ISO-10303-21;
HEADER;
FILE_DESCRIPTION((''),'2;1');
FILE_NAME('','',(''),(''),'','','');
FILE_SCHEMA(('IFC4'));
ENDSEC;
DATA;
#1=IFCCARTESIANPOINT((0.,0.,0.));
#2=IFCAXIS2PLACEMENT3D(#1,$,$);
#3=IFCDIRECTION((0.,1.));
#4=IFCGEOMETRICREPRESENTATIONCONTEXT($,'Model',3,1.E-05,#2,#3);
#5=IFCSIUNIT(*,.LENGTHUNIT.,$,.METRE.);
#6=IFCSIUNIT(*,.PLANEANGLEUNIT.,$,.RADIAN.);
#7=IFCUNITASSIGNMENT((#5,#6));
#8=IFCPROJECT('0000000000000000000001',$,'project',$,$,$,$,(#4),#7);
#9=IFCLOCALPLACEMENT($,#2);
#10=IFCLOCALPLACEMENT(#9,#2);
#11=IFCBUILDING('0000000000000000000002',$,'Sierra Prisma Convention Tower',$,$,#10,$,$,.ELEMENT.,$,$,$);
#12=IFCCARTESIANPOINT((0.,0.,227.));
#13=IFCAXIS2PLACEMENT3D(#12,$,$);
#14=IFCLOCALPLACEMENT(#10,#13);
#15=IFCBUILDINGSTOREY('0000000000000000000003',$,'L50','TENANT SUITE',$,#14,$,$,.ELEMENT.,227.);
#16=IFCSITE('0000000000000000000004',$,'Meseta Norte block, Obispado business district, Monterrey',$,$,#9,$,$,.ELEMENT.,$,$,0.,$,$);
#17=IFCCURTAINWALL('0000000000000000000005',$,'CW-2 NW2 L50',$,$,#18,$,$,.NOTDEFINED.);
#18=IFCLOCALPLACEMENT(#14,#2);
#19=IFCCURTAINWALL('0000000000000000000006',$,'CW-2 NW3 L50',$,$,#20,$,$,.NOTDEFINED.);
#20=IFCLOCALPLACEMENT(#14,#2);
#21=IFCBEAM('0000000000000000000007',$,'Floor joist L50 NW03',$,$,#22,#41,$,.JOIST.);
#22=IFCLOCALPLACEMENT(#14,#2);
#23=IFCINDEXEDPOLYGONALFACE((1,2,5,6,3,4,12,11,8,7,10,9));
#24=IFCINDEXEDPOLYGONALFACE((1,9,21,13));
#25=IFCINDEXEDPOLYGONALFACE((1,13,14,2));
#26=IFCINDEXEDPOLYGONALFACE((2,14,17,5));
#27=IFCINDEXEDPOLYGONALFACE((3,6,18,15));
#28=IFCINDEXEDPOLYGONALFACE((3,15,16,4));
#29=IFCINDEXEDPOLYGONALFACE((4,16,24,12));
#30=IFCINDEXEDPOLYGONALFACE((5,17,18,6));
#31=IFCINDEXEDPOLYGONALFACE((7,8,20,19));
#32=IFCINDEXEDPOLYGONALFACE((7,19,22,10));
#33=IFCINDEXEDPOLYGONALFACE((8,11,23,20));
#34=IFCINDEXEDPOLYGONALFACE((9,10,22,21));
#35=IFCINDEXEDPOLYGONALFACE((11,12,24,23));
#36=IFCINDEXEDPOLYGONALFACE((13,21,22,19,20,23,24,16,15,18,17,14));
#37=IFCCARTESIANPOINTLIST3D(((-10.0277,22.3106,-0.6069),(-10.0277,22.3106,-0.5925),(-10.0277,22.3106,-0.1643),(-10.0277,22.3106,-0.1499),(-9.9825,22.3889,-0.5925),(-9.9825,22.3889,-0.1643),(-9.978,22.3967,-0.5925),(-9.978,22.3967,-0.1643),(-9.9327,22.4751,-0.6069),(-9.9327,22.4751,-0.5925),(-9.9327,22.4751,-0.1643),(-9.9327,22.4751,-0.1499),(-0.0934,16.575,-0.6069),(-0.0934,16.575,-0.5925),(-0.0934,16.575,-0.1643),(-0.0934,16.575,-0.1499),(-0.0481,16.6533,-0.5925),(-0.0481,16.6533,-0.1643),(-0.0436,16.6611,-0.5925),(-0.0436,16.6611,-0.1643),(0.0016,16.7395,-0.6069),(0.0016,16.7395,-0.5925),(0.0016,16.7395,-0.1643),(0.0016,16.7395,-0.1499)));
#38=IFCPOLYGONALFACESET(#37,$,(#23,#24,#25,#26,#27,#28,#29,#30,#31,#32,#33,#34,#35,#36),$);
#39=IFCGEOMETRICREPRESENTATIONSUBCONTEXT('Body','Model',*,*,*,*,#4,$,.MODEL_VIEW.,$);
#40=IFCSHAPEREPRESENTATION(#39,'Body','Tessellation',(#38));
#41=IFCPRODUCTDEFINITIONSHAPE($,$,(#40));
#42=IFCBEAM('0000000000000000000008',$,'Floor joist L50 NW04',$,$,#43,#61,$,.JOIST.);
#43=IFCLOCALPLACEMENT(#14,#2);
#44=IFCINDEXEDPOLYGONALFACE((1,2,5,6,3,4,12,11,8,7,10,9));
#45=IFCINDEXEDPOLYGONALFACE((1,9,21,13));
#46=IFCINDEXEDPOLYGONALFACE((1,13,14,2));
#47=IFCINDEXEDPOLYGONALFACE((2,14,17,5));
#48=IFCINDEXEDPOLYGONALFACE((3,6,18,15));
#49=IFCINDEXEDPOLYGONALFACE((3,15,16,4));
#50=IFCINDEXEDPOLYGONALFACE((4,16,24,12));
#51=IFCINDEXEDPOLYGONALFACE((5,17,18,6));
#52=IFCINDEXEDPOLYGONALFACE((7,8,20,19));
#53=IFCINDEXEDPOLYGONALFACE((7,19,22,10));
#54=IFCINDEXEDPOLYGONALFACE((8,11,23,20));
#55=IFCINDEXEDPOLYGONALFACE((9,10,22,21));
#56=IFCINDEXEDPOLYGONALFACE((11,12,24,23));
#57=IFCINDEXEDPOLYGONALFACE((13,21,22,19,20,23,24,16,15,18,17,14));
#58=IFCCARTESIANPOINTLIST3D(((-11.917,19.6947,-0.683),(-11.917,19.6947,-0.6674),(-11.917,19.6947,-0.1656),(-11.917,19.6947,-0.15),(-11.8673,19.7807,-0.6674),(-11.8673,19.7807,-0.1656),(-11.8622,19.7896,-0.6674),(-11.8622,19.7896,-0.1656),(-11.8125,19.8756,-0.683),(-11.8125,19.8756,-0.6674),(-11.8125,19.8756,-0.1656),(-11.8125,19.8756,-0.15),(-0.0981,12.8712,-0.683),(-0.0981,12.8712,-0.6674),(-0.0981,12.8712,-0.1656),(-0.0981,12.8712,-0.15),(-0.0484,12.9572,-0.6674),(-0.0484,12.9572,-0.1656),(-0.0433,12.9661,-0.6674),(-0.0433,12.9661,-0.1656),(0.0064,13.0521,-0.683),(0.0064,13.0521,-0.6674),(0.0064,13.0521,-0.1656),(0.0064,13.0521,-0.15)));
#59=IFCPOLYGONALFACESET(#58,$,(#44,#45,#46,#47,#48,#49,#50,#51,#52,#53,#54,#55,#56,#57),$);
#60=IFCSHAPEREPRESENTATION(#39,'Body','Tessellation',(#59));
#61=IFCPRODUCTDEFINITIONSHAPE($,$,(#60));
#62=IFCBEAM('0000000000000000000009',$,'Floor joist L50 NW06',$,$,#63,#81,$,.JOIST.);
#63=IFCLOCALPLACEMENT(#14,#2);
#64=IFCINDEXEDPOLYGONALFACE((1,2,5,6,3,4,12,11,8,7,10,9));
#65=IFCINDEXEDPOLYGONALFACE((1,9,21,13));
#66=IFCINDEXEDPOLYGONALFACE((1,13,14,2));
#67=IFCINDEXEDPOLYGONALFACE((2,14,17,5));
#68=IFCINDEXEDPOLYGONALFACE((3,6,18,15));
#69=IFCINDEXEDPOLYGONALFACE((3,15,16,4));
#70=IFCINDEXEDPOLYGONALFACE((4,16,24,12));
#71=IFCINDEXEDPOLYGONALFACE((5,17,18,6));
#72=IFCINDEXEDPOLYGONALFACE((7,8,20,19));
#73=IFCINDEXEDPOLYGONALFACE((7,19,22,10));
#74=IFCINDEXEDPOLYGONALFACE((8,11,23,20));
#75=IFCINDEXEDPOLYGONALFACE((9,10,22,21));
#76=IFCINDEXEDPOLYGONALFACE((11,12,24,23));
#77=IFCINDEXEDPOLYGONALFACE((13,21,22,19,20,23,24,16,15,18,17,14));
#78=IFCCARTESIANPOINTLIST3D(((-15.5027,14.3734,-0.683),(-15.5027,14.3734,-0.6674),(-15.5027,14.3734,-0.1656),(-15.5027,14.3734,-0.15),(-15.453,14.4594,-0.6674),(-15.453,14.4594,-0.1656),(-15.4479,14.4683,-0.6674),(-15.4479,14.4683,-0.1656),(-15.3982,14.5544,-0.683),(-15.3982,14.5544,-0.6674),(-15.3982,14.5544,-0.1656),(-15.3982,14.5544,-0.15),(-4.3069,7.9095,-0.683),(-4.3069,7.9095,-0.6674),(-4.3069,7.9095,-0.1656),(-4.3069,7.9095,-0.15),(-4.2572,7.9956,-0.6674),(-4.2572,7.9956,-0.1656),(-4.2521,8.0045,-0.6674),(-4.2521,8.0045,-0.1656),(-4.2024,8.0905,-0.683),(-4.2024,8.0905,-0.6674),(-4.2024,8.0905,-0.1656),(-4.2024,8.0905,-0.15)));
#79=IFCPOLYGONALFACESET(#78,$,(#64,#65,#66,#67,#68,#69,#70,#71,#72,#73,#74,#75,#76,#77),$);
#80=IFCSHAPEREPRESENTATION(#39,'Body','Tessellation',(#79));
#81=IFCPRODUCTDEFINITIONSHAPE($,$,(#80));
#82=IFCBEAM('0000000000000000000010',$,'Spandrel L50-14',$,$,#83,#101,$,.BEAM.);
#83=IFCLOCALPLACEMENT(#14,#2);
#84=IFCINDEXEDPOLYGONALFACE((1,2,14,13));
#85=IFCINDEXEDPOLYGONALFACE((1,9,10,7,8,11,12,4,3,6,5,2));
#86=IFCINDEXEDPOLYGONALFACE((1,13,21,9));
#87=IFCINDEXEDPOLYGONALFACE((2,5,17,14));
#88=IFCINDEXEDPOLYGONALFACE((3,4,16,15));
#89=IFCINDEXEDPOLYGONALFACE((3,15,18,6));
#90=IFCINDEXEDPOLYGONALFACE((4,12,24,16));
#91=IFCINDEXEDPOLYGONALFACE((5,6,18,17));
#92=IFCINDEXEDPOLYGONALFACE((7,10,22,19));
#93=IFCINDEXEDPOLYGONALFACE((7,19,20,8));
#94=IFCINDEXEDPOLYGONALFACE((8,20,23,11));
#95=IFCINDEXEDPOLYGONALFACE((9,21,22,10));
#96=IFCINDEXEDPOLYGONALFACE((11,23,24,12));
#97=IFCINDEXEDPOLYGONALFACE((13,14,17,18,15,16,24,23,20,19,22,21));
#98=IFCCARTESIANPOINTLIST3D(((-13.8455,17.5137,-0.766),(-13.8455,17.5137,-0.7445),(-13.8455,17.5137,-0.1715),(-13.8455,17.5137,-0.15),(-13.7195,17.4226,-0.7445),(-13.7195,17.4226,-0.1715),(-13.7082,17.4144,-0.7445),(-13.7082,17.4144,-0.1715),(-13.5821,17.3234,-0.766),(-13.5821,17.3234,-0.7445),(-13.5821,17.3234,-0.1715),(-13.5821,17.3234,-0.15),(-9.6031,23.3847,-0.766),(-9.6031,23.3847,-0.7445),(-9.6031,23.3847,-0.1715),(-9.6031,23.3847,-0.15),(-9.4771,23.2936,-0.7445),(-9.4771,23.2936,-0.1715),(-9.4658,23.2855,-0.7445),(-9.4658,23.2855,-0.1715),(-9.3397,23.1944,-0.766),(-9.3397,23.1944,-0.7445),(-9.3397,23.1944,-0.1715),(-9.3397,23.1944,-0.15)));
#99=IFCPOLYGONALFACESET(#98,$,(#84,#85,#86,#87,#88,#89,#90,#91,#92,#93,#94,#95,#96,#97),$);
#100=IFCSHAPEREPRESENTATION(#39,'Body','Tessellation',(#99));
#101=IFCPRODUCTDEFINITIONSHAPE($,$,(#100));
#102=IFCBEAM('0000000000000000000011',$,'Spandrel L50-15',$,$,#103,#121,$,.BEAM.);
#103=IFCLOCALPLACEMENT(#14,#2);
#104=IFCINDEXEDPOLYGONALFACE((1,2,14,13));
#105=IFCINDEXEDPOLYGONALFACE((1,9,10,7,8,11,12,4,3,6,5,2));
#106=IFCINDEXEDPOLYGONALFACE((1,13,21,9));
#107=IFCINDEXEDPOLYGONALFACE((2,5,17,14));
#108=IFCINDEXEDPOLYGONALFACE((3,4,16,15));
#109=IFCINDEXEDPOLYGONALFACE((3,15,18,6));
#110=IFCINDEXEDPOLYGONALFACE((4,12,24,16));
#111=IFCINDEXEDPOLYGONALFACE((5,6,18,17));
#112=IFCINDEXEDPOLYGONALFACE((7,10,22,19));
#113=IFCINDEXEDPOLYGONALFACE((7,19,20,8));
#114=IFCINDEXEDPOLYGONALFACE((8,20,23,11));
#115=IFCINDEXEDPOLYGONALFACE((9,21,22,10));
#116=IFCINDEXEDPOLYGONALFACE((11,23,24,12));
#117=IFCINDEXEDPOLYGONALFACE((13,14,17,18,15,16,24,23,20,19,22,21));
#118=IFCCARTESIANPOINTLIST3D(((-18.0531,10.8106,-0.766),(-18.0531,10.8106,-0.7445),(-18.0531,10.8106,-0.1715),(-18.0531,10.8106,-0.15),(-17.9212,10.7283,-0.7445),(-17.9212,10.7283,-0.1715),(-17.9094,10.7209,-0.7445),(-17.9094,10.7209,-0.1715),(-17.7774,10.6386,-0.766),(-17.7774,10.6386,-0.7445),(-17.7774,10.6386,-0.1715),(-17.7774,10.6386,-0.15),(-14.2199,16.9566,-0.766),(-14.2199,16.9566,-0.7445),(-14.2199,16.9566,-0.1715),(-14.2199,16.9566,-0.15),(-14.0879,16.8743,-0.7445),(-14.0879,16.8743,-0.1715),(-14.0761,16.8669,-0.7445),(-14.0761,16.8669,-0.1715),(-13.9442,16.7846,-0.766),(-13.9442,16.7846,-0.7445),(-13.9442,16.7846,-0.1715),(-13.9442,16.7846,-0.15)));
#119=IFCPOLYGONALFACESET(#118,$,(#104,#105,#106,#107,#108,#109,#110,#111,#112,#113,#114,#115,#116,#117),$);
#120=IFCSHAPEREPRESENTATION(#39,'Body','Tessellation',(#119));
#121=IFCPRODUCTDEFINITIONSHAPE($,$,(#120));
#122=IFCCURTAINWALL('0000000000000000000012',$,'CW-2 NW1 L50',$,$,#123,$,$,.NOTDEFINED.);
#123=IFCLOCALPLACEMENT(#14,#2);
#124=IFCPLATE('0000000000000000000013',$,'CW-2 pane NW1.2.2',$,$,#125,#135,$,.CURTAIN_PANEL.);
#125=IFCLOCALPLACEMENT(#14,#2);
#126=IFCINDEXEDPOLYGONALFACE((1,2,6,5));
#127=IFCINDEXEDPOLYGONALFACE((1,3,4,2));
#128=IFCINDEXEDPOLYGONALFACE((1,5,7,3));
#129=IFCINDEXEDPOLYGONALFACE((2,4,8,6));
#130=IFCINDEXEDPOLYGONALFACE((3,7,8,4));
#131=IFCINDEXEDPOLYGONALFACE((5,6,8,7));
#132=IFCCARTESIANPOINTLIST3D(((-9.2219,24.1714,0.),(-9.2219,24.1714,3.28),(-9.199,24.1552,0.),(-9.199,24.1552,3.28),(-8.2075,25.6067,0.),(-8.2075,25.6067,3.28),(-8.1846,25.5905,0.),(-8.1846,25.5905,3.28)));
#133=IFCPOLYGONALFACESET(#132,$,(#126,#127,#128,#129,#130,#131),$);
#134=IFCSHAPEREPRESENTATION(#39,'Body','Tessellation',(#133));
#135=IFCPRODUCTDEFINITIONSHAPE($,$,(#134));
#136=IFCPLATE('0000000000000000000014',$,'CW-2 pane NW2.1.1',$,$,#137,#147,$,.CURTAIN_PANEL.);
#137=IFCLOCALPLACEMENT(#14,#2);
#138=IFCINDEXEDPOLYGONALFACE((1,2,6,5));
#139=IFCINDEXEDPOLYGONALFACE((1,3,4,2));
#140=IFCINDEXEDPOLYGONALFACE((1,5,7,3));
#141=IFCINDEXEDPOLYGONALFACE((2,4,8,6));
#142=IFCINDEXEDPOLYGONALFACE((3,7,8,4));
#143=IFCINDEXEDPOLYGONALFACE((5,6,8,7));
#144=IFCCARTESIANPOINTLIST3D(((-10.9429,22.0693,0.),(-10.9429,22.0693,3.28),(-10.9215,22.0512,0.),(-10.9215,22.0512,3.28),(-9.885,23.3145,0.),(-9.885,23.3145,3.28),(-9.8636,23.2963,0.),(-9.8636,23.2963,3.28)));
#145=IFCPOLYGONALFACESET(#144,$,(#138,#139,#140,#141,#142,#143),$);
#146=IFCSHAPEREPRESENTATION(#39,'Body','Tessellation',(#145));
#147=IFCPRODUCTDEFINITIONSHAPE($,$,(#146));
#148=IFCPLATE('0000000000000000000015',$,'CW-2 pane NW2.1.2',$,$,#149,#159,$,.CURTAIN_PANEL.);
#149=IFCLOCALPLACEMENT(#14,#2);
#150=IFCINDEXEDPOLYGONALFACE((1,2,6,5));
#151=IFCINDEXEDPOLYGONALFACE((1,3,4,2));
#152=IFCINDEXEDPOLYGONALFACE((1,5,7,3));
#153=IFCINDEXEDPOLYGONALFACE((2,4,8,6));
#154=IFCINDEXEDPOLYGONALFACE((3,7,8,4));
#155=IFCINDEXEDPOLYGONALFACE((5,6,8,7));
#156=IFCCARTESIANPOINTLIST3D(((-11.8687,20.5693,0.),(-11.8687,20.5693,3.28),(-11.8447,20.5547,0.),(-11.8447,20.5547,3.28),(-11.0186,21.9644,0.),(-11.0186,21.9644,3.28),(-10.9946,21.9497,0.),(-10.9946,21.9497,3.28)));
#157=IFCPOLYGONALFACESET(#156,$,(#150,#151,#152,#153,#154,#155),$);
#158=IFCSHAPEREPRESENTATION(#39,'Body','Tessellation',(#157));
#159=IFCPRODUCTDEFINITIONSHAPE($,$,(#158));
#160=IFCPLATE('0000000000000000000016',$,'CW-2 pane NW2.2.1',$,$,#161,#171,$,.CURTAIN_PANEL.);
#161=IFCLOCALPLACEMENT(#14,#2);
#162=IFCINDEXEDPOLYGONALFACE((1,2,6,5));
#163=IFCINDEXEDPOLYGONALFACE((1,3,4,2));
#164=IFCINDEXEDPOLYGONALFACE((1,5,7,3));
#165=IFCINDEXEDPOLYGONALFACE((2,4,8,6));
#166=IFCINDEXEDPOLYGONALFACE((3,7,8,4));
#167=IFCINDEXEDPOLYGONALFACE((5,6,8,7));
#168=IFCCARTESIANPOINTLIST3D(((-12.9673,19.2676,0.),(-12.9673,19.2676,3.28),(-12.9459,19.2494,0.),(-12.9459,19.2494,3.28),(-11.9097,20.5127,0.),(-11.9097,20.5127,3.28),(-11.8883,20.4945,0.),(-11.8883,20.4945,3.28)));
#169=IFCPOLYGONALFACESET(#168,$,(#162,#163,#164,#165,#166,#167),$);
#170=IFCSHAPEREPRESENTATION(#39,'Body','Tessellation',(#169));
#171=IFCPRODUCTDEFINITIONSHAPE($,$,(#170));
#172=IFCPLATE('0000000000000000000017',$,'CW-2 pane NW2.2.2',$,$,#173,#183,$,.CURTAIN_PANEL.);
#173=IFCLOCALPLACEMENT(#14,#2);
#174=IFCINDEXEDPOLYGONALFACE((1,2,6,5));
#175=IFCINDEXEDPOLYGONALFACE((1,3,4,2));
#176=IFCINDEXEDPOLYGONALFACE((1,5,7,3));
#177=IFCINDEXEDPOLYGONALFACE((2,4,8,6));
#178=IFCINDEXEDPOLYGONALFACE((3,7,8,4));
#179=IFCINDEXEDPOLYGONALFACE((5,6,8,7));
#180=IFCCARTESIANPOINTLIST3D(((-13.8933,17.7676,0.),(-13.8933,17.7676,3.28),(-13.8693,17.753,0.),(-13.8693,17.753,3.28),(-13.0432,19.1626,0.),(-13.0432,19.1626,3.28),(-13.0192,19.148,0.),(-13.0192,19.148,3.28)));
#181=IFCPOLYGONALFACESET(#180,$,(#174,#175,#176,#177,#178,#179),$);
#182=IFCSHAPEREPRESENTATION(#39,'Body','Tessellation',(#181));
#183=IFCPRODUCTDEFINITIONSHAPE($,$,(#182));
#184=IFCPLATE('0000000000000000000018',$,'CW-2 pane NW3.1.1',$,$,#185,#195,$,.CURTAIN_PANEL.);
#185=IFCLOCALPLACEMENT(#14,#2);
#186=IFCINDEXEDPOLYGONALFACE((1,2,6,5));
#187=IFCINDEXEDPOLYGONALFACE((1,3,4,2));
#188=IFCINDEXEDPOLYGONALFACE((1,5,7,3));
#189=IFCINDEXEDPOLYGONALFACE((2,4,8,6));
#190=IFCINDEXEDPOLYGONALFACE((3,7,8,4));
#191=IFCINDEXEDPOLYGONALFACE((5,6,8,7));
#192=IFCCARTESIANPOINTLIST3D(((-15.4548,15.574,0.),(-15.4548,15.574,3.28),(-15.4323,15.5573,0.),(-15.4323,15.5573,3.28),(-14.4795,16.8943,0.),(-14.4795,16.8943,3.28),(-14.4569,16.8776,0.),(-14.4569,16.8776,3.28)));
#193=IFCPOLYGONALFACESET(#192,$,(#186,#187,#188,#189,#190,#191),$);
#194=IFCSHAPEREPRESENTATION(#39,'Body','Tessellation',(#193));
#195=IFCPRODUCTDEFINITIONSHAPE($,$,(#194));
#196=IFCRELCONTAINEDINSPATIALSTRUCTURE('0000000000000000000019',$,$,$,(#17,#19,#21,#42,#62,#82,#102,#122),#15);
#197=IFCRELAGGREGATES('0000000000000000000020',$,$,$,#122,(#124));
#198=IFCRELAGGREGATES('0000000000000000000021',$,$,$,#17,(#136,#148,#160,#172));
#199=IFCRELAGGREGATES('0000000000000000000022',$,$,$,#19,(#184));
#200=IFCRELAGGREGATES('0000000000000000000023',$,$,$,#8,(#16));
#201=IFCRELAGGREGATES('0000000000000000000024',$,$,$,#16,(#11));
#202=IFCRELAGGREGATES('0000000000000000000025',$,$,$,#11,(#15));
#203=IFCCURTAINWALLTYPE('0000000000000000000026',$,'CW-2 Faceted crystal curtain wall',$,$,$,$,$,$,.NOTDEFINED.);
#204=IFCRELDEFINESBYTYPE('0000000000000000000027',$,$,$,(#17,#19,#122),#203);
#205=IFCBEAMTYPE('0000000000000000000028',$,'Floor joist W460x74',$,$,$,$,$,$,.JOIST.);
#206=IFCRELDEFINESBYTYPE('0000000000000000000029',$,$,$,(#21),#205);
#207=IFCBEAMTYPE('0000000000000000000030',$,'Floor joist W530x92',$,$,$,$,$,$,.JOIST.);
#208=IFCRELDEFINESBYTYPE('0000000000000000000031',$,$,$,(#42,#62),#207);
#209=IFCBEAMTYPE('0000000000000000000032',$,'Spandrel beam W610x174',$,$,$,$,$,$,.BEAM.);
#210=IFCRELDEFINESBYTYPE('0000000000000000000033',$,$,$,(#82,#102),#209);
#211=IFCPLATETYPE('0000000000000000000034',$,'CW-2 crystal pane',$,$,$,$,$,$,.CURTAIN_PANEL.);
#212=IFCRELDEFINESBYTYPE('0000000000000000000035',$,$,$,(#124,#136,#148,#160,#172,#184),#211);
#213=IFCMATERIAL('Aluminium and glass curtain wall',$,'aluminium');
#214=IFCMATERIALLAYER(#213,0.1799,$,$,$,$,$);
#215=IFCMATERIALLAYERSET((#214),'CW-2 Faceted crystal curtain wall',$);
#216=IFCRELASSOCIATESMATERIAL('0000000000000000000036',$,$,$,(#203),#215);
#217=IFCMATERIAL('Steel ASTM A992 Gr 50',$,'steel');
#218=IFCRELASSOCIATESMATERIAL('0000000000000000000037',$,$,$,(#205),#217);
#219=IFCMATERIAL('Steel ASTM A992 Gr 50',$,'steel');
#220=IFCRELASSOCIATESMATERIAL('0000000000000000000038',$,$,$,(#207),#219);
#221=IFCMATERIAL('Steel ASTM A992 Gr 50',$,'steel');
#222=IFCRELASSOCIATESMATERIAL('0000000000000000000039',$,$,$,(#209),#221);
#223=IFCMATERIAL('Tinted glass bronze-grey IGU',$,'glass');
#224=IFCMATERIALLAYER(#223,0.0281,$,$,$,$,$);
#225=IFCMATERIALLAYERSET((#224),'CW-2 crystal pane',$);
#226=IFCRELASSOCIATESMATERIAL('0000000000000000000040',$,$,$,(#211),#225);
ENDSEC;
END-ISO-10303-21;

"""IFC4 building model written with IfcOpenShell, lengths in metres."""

from ifc_helpers import new_model, si_unit, direction, frame, origin, origin_2d, place, context, subcontext, project, spatial, polyline, i_section, outline, extrude, material, layer, layer_set, material_profile, profile_set, type_object, element, aggregate, save


model = new_model("IFC4")

# Units and contexts
model_context = context("Model", 3, precision=1e-05, world=origin(), true_north=direction((0.0, 1.0)))
body_context = subcontext(model_context, "Body", "Model", "MODEL_VIEW")
ifc_project = project(units=[si_unit("LENGTHUNIT", "METRE"), si_unit("PLANEANGLEUNIT", "RADIAN")], contexts=[model_context])

# Site, building, storey
site_placement = place(None, origin())
site = spatial("IfcSite", under=ifc_project, at=site_placement, Name="Meseta Norte block, Obispado business district, Monterrey", CompositionType="ELEMENT", RefElevation=0.0)
building_placement = place(site_placement, origin())
building = spatial("IfcBuilding", under=site, at=building_placement, Name="Sierra Prisma Convention Tower", CompositionType="ELEMENT")
storey_placement = place(building_placement, frame((0.0, 0.0, 227.0)))
storey = spatial("IfcBuildingStorey", under=building, at=storey_placement, Name="L50", Description="TENANT SUITE", CompositionType="ELEMENT", Elevation=227.0)

# Curtain wall
ifc_material_1 = material(Name="Aluminium and glass curtain wall", Category="aluminium")
ifc_layer_1 = layer(ifc_material_1, 0.1799)
ifc_layer_set_1 = layer_set([ifc_layer_1], Name="CW-2 Faceted crystal curtain wall")
curtain_wall_type = type_object("IfcCurtainWallType", Name="CW-2 Faceted crystal curtain wall", PredefinedType="NOTDEFINED", material=ifc_layer_set_1)
curtain_wall_1_placement = place(storey_placement, origin())
curtain_wall_1 = element("IfcCurtainWall", 1, at=curtain_wall_1_placement, inside=storey, type_object=curtain_wall_type, Name="CW-2 NW2 L50", PredefinedType="NOTDEFINED")

# Curtain wall
curtain_wall_2_placement = place(storey_placement, origin())
curtain_wall_2 = element("IfcCurtainWall", 2, at=curtain_wall_2_placement, inside=storey, type_object=curtain_wall_type, Name="CW-2 NW3 L50", PredefinedType="NOTDEFINED")

# Beams
ifc_material_2 = material(Name="Steel ASTM A992 Gr 50", Category="steel")
ifc_material_profile_1 = material_profile(ifc_material_2, i_section(OverallWidth=0.1899, OverallDepth=0.457, WebThickness=0.009, FlangeThickness=0.0144, at=origin_2d()), Name="W460x74")
ifc_profile_set_1 = profile_set([ifc_material_profile_1], Name="Steel ASTM A992 Gr 50")
beam_type_1 = type_object("IfcBeamType", Name="Floor joist W460x74", PredefinedType="JOIST", material=ifc_profile_set_1)
beam_1_placement = place(storey_placement, frame((-9.9802, 22.3928, -0.3784), z_axis=(0.866025, -0.500001, 0.0), x_axis=(0.500001, 0.866025, 0.0)))
element("IfcBeam", 3, at=beam_1_placement, inside=storey, type_object=beam_type_1, Name="Floor joist L50 NW03", PredefinedType="JOIST", context=body_context, shape_type="SweptSolid", body=[
    extrude(i_section(OverallWidth=0.1899, OverallDepth=0.457, WebThickness=0.009, FlangeThickness=0.0144, at=origin_2d()), origin(), (0.0, 0.0, 1.0), 11.4712),
])
ifc_material_3 = material(Name="Steel ASTM A992 Gr 50", Category="steel")
ifc_material_profile_2 = material_profile(ifc_material_3, i_section(OverallWidth=0.209, OverallDepth=0.533, WebThickness=0.0103, FlangeThickness=0.0156, at=origin_2d()), Name="W530x92")
ifc_profile_set_2 = profile_set([ifc_material_profile_2], Name="Steel ASTM A992 Gr 50")
beam_type_2 = type_object("IfcBeamType", Name="Floor joist W530x92", PredefinedType="JOIST", material=ifc_profile_set_2)
beam_2_placement = place(storey_placement, frame((-11.8647, 19.7852, -0.4165), z_axis=(0.866029, -0.499993, 0.0), x_axis=(0.499993, 0.866029, 0.0)))
element("IfcBeam", 4, at=beam_2_placement, inside=storey, type_object=beam_type_2, Name="Floor joist L50 NW04", PredefinedType="JOIST", context=body_context, shape_type="SweptSolid", body=[
    extrude(i_section(OverallWidth=0.209, OverallDepth=0.533, WebThickness=0.0103, FlangeThickness=0.0156, at=origin_2d()), origin(), (0.0, 0.0, 1.0), 13.6472),
])
beam_3_placement = place(storey_placement, frame((-15.4504, 14.4639, -0.4165), z_axis=(0.866026, -0.499998, 0.0), x_axis=(0.499998, 0.866026, 0.0)))
element("IfcBeam", 5, at=beam_3_placement, inside=storey, type_object=beam_type_2, Name="Floor joist L50 NW06", PredefinedType="JOIST", context=body_context, shape_type="SweptSolid", body=[
    extrude(i_section(OverallWidth=0.209, OverallDepth=0.533, WebThickness=0.0103, FlangeThickness=0.0156, at=origin_2d()), origin(), (0.0, 0.0, 1.0), 12.9277),
])
ifc_material_4 = material(Name="Steel ASTM A992 Gr 50", Category="steel")
ifc_material_profile_3 = material_profile(ifc_material_4, i_section(OverallWidth=0.325, OverallDepth=0.616, WebThickness=0.0139, FlangeThickness=0.0215, at=origin_2d()), Name="W610x174")
ifc_profile_set_3 = profile_set([ifc_material_profile_3], Name="Steel ASTM A992 Gr 50")
beam_type_3 = type_object("IfcBeamType", Name="Spandrel beam W610x174", PredefinedType="BEAM", material=ifc_profile_set_3)
for number, where, z_axis, x_axis, name in (
    (6, (-9.4714, 23.2896, -0.458), (-0.58569, -0.810535, 0.0), (0.810535, -0.58569, 0.0), "Spandrel L50-14"),
    (7, (-14.082, 16.8706, -0.458), (-0.529205, -0.848494, 0.0), (0.848494, -0.529205, 0.0), "Spandrel L50-15"),
):
    element("IfcBeam", number, at=place(storey_placement, frame(where, z_axis=z_axis, x_axis=x_axis)), inside=storey, type_object=beam_type_3, Name=name, PredefinedType="BEAM", context=body_context, shape_type="SweptSolid", body=[
        extrude(i_section(OverallWidth=0.325, OverallDepth=0.616, WebThickness=0.0139, FlangeThickness=0.0215, at=origin_2d()), origin(), (0.0, 0.0, 1.0), 7.2434),
    ])

# Curtain wall, plate
curtain_wall_3_placement = place(storey_placement, origin())
curtain_wall_3 = element("IfcCurtainWall", 8, at=curtain_wall_3_placement, inside=storey, type_object=curtain_wall_type, Name="CW-2 NW1 L50", PredefinedType="NOTDEFINED")
ifc_material_5 = material(Name="Tinted glass bronze-grey IGU", Category="glass")
ifc_layer_2 = layer(ifc_material_5, 0.0281)
ifc_layer_set_2 = layer_set([ifc_layer_2], Name="CW-2 crystal pane")
plate_type = type_object("IfcPlateType", Name="CW-2 crystal pane", PredefinedType="CURTAIN_PANEL", material=ifc_layer_set_2)
plate_1_placement = place(storey_placement, frame((-9.2219, 24.1714, 0.0), z_axis=(-0.816633, 0.577158, 0.0), x_axis=(0.577158, 0.816633, 0.0)))
plate_1 = element("IfcPlate", 9, at=plate_1_placement, type_object=plate_type, Name="CW-2 pane NW1.2.2", PredefinedType="CURTAIN_PANEL", context=body_context, shape_type="SweptSolid", body=[
    extrude(outline(polyline([(0.0, 0.0), (1.7576, 0.0), (1.7576, -3.28), (0.0, -3.28), (0.0, 0.0)])), origin(), (0.0, 0.0, -1.0), 0.0281),
])
aggregate(curtain_wall_3, [plate_1])

# Plates
plate_2_placement = place(storey_placement, frame((-9.885, 23.3145, 0.0), z_axis=(-0.762087, 0.647475, 0.0), x_axis=(-0.647475, -0.762087, 0.0)))
plate_2 = element("IfcPlate", 10, at=plate_2_placement, type_object=plate_type, Name="CW-2 pane NW2.1.1", PredefinedType="CURTAIN_PANEL", context=body_context, shape_type="SweptSolid", body=[
    extrude(outline(polyline([(0.0, 0.0), (1.6338, 0.0), (1.6338, 3.28), (0.0, 3.28), (0.0, 0.0)])), origin(), (0.0, 0.0, -1.0), 0.0281),
])
plate_3_placement = place(storey_placement, frame((-11.8687, 20.5693, 0.0), z_axis=(-0.853939, 0.520374, 0.0), x_axis=(0.520374, 0.853939, 0.0)))
plate_3 = element("IfcPlate", 11, at=plate_3_placement, type_object=plate_type, Name="CW-2 pane NW2.1.2", PredefinedType="CURTAIN_PANEL", context=body_context, shape_type="SweptSolid", body=[
    extrude(outline(polyline([(0.0, 0.0), (1.6336, 0.0), (1.6336, -3.28), (0.0, -3.28), (0.0, 0.0)])), origin(), (0.0, 0.0, -1.0), 0.0281),
])
plate_4_placement = place(storey_placement, frame((-11.9097, 20.5127, 0.0), z_axis=(-0.762161, 0.647388, 0.0), x_axis=(-0.647388, -0.762161, 0.0)))
plate_4 = element("IfcPlate", 12, at=plate_4_placement, type_object=plate_type, Name="CW-2 pane NW2.2.1", PredefinedType="CURTAIN_PANEL", context=body_context, shape_type="SweptSolid", body=[
    extrude(outline(polyline([(0.0, 0.0), (1.6337, 0.0), (1.6337, 3.28), (0.0, 3.28), (0.0, 0.0)])), origin(), (0.0, 0.0, -1.0), 0.0281),
])
plate_5_placement = place(storey_placement, frame((-13.8933, 17.7676, 0.0), z_axis=(-0.853939, 0.520374, 0.0), x_axis=(0.520374, 0.853939, 0.0)))
plate_5 = element("IfcPlate", 13, at=plate_5_placement, type_object=plate_type, Name="CW-2 pane NW2.2.2", PredefinedType="CURTAIN_PANEL", context=body_context, shape_type="SweptSolid", body=[
    extrude(outline(polyline([(0.0, 0.0), (1.6336, 0.0), (1.6336, -3.28), (0.0, -3.28), (0.0, 0.0)])), origin(), (0.0, 0.0, -1.0), 0.0281),
])
aggregate(curtain_wall_1, [plate_2, plate_3, plate_4, plate_5])
plate_6_placement = place(storey_placement, frame((-14.4795, 16.8943, 0.0), z_axis=(-0.804334, 0.594178, 0.0), x_axis=(-0.594178, -0.804334, 0.0)))
plate_6 = element("IfcPlate", 14, at=plate_6_placement, type_object=plate_type, Name="CW-2 pane NW3.1.1", PredefinedType="CURTAIN_PANEL", context=body_context, shape_type="SweptSolid", body=[
    extrude(outline(polyline([(0.0, 0.0), (1.6415, 0.0), (1.6415, 3.28), (0.0, 3.28), (0.0, 0.0)])), origin(), (0.0, 0.0, -1.0), 0.0281),
])
aggregate(curtain_wall_2, [plate_6])

save(model, "model.ifc")
